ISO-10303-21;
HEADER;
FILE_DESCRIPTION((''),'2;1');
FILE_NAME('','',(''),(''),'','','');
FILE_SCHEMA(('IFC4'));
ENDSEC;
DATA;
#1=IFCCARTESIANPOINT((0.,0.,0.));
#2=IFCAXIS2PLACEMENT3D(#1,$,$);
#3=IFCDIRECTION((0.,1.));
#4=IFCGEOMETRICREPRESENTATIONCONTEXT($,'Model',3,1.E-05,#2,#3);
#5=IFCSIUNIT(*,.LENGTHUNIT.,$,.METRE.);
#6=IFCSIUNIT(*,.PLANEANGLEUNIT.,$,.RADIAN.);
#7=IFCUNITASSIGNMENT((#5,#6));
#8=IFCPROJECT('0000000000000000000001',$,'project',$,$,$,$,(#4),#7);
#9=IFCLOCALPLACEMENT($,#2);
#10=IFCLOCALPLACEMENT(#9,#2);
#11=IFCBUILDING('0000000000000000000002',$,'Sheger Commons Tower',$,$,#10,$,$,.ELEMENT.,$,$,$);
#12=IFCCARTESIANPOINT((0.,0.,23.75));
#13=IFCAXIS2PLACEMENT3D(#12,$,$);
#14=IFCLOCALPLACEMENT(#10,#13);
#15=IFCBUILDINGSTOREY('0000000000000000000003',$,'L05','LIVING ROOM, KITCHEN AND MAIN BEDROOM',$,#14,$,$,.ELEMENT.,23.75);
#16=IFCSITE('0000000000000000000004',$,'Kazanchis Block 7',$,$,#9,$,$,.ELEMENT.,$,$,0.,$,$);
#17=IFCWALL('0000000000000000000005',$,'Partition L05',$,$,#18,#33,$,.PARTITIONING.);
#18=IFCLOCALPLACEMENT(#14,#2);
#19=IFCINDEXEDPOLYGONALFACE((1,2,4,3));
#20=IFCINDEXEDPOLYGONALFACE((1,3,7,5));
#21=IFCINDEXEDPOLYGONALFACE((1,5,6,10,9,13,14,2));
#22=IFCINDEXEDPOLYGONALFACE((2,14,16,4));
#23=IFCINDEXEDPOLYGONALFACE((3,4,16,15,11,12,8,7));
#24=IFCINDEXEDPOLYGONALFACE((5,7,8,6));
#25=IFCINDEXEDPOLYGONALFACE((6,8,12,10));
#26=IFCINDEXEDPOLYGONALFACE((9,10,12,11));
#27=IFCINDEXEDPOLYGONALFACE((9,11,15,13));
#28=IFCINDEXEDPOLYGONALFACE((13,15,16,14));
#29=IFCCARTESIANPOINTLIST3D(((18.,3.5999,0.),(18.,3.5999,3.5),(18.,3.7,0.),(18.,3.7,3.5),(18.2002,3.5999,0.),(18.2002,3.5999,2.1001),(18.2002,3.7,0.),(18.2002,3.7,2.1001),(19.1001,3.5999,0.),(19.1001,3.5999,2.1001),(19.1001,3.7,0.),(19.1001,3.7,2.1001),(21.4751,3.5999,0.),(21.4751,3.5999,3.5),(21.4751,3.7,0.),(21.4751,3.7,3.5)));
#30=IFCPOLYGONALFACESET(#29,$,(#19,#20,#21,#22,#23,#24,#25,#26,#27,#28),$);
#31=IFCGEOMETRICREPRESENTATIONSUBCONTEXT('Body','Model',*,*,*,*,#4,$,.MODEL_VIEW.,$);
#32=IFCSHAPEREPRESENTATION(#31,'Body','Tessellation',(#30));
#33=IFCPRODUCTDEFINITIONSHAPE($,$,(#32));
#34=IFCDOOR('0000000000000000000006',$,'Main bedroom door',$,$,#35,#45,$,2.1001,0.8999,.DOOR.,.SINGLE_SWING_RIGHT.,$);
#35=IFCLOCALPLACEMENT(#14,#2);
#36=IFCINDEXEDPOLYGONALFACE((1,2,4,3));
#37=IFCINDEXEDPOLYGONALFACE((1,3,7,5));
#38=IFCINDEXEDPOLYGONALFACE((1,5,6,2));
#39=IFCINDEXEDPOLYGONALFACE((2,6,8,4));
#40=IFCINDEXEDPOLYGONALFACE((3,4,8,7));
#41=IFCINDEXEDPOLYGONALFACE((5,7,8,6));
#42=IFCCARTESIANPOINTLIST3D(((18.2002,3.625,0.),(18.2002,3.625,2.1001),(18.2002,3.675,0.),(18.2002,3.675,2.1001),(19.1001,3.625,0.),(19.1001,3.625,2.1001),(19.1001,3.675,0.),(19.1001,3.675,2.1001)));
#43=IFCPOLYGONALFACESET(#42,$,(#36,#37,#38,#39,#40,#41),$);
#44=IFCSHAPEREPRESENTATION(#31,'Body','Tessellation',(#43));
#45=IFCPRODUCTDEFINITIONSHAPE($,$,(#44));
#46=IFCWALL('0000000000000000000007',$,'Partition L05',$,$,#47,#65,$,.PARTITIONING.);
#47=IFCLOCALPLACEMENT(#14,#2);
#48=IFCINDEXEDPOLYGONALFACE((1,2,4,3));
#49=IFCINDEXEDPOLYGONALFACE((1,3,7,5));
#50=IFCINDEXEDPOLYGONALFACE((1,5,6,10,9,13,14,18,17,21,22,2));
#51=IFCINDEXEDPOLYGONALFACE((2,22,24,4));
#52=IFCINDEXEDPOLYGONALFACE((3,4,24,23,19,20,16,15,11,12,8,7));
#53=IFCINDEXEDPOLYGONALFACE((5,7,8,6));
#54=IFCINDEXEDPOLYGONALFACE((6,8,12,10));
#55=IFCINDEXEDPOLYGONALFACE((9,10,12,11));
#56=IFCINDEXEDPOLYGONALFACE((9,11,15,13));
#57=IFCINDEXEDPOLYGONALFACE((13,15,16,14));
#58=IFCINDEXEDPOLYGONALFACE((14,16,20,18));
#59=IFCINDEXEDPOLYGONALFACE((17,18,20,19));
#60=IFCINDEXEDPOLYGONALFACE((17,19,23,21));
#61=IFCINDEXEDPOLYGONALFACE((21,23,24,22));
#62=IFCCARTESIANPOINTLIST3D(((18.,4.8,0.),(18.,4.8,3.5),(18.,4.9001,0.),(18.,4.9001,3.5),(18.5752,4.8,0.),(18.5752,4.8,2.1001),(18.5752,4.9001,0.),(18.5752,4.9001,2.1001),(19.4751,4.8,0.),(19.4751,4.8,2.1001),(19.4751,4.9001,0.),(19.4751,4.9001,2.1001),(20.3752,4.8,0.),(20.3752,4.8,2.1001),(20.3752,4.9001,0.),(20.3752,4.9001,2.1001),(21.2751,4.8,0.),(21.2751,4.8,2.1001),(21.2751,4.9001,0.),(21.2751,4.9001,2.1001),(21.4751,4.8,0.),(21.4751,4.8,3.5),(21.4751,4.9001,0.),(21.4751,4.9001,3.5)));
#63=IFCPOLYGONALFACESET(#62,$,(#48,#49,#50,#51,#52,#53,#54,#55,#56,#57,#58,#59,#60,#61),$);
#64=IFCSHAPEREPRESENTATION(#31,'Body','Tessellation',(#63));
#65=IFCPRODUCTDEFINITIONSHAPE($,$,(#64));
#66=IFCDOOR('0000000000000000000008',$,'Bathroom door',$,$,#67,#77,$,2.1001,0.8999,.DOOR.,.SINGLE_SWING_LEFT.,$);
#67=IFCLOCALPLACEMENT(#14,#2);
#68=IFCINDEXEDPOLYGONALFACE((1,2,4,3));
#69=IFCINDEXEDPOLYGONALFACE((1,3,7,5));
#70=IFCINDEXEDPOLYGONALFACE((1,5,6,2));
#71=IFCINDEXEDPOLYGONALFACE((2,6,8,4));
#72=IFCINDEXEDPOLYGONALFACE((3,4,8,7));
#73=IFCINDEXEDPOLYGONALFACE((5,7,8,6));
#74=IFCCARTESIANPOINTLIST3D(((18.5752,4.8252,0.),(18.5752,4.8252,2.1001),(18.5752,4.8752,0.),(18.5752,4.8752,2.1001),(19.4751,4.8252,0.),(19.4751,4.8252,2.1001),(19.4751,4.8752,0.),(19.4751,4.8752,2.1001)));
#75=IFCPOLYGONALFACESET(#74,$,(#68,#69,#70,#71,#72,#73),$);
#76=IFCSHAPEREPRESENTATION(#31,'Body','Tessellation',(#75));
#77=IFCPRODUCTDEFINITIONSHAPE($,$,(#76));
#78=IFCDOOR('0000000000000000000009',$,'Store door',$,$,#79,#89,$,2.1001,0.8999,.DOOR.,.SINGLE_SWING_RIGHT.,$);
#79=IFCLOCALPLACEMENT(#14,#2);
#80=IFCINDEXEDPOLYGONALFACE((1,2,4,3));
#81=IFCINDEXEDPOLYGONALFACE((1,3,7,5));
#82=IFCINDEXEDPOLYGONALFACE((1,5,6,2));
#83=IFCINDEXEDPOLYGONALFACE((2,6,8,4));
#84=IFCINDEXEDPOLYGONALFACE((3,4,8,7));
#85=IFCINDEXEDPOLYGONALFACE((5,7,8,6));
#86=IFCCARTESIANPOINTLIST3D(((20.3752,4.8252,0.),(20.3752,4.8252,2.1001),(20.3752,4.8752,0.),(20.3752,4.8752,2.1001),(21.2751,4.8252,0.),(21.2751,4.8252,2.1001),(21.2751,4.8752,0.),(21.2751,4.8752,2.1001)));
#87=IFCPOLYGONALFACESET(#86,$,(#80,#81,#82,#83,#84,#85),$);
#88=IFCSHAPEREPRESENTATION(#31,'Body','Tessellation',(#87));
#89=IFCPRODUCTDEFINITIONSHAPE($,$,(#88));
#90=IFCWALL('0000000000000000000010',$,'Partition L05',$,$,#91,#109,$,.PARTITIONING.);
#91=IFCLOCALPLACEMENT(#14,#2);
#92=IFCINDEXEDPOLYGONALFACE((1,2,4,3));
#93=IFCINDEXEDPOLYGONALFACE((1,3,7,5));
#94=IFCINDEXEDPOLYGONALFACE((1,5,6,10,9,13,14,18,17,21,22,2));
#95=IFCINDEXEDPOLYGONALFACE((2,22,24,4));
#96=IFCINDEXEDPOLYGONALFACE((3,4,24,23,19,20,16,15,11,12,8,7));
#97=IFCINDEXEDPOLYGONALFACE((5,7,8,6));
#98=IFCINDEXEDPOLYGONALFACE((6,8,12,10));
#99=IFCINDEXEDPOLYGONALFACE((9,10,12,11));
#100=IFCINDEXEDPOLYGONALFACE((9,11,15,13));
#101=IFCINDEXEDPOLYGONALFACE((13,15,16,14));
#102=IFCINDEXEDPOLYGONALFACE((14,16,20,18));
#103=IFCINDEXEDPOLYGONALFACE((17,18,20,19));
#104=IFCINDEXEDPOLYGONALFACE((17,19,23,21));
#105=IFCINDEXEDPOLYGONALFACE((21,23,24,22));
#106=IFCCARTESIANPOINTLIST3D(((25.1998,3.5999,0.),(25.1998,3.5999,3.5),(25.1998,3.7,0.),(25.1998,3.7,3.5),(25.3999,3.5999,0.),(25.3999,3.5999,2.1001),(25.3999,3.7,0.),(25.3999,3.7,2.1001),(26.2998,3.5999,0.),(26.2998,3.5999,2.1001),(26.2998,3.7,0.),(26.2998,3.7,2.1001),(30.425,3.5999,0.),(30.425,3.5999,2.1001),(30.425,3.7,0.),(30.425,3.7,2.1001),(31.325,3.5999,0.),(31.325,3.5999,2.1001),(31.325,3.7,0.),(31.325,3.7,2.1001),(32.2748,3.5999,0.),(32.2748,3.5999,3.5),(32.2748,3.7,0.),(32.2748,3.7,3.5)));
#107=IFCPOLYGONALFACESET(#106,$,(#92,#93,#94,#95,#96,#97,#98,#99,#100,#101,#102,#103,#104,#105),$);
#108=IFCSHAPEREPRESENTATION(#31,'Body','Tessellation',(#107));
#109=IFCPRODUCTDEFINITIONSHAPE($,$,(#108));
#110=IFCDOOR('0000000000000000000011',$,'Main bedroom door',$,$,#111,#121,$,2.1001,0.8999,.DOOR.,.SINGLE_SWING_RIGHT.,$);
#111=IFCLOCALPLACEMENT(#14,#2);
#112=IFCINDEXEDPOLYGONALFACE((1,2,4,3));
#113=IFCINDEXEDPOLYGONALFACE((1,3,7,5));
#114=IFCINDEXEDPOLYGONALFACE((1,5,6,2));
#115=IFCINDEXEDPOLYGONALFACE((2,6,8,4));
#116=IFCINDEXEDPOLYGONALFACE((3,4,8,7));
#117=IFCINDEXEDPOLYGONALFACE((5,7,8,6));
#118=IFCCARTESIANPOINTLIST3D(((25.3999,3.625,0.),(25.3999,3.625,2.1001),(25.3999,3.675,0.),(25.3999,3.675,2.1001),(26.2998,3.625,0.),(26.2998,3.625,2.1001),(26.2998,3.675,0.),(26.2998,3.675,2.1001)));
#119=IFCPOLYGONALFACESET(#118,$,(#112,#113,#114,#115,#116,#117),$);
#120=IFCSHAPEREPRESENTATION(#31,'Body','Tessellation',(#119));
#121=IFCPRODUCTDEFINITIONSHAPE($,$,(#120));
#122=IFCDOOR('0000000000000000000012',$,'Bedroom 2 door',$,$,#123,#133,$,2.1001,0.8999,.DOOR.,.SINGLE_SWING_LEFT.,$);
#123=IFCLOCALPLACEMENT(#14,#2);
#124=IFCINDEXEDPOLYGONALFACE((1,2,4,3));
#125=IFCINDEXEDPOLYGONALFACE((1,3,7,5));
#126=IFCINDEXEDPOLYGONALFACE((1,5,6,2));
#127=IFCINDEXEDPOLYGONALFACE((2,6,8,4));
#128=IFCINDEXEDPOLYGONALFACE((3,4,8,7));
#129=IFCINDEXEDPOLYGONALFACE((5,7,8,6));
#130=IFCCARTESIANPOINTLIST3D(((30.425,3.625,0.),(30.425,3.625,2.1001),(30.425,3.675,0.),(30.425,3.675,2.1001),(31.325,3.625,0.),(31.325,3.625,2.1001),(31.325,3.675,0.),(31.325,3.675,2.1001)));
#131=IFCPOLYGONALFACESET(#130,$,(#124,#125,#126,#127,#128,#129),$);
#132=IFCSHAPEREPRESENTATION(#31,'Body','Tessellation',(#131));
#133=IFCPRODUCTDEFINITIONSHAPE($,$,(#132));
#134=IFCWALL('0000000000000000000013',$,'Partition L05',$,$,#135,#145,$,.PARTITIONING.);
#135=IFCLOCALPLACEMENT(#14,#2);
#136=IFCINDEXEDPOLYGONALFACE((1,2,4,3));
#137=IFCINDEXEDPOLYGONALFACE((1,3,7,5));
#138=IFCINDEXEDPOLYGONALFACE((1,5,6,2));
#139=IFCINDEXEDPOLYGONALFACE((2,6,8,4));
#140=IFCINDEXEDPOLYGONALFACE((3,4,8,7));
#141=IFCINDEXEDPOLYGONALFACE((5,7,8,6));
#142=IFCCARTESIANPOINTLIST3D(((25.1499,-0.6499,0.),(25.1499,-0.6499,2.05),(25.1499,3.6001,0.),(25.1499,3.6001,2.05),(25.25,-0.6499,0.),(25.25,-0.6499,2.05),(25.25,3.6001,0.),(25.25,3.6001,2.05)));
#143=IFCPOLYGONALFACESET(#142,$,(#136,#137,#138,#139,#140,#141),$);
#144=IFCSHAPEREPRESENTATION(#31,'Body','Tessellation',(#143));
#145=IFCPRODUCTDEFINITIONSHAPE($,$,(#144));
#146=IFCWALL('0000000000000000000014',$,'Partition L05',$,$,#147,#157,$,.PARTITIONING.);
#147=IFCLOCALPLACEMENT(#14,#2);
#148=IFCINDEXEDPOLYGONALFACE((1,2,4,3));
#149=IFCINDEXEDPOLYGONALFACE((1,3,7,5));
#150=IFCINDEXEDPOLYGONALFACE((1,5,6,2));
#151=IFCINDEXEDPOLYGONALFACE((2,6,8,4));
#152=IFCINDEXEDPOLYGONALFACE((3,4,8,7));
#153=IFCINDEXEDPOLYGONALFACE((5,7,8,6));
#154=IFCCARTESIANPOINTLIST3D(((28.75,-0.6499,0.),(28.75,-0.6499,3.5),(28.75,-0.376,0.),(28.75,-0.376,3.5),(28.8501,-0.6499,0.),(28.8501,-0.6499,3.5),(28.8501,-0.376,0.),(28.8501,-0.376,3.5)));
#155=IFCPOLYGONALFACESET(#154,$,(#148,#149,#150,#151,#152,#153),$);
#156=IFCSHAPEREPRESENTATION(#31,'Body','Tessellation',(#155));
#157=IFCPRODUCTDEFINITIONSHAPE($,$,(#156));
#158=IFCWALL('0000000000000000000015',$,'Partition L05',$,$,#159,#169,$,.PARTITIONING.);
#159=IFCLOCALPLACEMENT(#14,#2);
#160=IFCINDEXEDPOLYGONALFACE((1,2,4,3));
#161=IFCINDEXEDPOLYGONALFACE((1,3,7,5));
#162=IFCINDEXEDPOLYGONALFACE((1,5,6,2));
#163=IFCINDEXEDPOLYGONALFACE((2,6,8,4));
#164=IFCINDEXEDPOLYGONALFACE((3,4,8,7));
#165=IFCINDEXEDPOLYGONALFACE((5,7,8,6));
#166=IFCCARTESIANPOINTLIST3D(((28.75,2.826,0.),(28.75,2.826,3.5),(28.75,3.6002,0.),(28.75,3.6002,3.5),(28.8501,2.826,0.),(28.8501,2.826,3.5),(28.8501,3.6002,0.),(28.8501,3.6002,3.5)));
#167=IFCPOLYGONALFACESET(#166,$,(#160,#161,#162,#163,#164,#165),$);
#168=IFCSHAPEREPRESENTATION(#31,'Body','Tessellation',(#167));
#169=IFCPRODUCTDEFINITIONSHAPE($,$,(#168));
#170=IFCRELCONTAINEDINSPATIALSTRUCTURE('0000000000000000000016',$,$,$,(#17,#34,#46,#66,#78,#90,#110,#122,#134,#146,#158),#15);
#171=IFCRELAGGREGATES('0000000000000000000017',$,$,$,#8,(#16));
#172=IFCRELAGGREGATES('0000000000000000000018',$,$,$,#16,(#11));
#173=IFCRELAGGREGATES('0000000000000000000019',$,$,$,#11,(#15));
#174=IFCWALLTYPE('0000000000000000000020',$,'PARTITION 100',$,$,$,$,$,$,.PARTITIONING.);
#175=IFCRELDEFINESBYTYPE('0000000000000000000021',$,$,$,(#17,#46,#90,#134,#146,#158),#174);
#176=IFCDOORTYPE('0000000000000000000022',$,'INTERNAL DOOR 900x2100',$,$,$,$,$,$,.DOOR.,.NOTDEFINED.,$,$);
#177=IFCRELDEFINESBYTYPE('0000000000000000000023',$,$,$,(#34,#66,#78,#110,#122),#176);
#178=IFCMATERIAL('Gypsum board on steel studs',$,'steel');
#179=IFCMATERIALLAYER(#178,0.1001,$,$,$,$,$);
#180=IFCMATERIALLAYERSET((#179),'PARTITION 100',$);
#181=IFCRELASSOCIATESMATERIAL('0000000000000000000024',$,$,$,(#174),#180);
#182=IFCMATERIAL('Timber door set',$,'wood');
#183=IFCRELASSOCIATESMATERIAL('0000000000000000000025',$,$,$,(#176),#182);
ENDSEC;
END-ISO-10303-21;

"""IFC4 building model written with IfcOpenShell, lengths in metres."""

from ifc_helpers import new_model, si_unit, direction, frame, frame_2d, origin, place, context, subcontext, project, spatial, rectangle, extrude, material, layer, layer_set, type_object, element, fill, save


model = new_model("IFC4")

# Units and contexts
model_context = context("Model", 3, precision=1e-05, world=origin(), true_north=direction((0.0, 1.0)))
body_context = subcontext(model_context, "Body", "Model", "MODEL_VIEW")
ifc_project = project(units=[si_unit("LENGTHUNIT", "METRE"), si_unit("PLANEANGLEUNIT", "RADIAN")], contexts=[model_context])

# Site, building, storey
site_placement = place(None, origin())
site = spatial("IfcSite", under=ifc_project, at=site_placement, Name="Kazanchis Block 7", CompositionType="ELEMENT", RefElevation=0.0)
building_placement = place(site_placement, origin())
building = spatial("IfcBuilding", under=site, at=building_placement, Name="Sheger Commons Tower", CompositionType="ELEMENT")
storey_placement = place(building_placement, frame((0.0, 0.0, 23.75)))
storey = spatial("IfcBuildingStorey", under=building, at=storey_placement, Name="L05", Description="LIVING ROOM, KITCHEN AND MAIN BEDROOM", CompositionType="ELEMENT", Elevation=23.75)

# Wall, opening, door
ifc_material_1 = material(Name="Gypsum board on steel studs", Category="steel")
ifc_layer_1 = layer(ifc_material_1, 0.1001)
ifc_layer_set_1 = layer_set([ifc_layer_1], Name="PARTITION 100")
wall_type_1 = type_object("IfcWallType", Name="PARTITION 100", PredefinedType="PARTITIONING", material=ifc_layer_set_1)
wall_1_placement = place(storey_placement, frame((21.4751, 3.6499, 0.0), z_axis=(0.0, 0.0, 1.0), x_axis=(-1.0, 0.0, 0.0)))
wall_1 = element("IfcWall", 1, at=wall_1_placement, inside=storey, type_object=wall_type_1, Name="Partition L05", PredefinedType="PARTITIONING", context=body_context, shape_type="SweptSolid", body=[
    extrude(rectangle(XDim=3.4751, YDim=0.1001, at=frame_2d((1.7375, 0.0))), origin(), (0.0, 0.0, 1.0), 3.5),
])
opening_1_placement = place(wall_1_placement, frame((2.375, 0.0, 0.0)))
opening_1 = element("IfcOpeningElement", 2, at=opening_1_placement, cuts=wall_1, PredefinedType="OPENING", context=body_context, shape_type="SweptSolid", body=[
    extrude(rectangle(XDim=0.8999, YDim=2.1001, at=frame_2d((0.45, 1.05))), frame((0.0, 0.0601, 0.0), z_axis=(0.0, -1.0, 0.0), x_axis=(1.0, 0.0, 0.0)), (0.0, 0.0, 1.0), 0.1201),
])
ifc_material_2 = material(Name="Timber door set", Category="wood")
door_type = type_object("IfcDoorType", Name="INTERNAL DOOR 900x2100", OperationType="NOTDEFINED", PredefinedType="DOOR", material=ifc_material_2)
door_1_placement = place(opening_1_placement, origin())
door_1 = element("IfcDoor", 3, at=door_1_placement, inside=storey, type_object=door_type, Name="Main bedroom door", OperationType="SINGLE_SWING_RIGHT", OverallHeight=2.1001, OverallWidth=0.8999, PredefinedType="DOOR", context=body_context, shape_type="SweptSolid", body=[
    extrude(rectangle(XDim=0.8999, YDim=2.1001, at=frame_2d((0.45, 1.05))), frame((0.0, 0.0249, 0.0), z_axis=(0.0, -1.0, 0.0), x_axis=(1.0, 0.0, 0.0)), (0.0, 0.0, 1.0), 0.05),
])
fill(opening_1, door_1)

# Walls, openings, doors
wall_2_placement = place(storey_placement, frame((21.4751, 4.8501, 0.0), z_axis=(0.0, 0.0, 1.0), x_axis=(-1.0, 0.0, 0.0)))
wall_2 = element("IfcWall", 4, at=wall_2_placement, inside=storey, type_object=wall_type_1, Name="Partition L05", PredefinedType="PARTITIONING", context=body_context, shape_type="SweptSolid", body=[
    extrude(rectangle(XDim=3.4751, YDim=0.1001, at=frame_2d((1.7375, 0.0))), origin(), (0.0, 0.0, 1.0), 3.5),
])
opening_2_placement = place(wall_2_placement, frame((2.0, 0.0, 0.0)))
opening_2 = element("IfcOpeningElement", 5, at=opening_2_placement, cuts=wall_2, PredefinedType="OPENING", context=body_context, shape_type="SweptSolid", body=[
    extrude(rectangle(XDim=0.8999, YDim=2.1001, at=frame_2d((0.45, 1.05))), frame((0.0, 0.0601, 0.0), z_axis=(0.0, -1.0, 0.0), x_axis=(1.0, 0.0, 0.0)), (0.0, 0.0, 1.0), 0.1201),
])
opening_3_placement = place(wall_2_placement, frame((0.2, 0.0, 0.0)))
opening_3 = element("IfcOpeningElement", 6, at=opening_3_placement, cuts=wall_2, PredefinedType="OPENING", context=body_context, shape_type="SweptSolid", body=[
    extrude(rectangle(XDim=0.8999, YDim=2.1001, at=frame_2d((0.45, 1.05))), frame((0.0, 0.0601, 0.0), z_axis=(0.0, -1.0, 0.0), x_axis=(1.0, 0.0, 0.0)), (0.0, 0.0, 1.0), 0.1201),
])
door_2_placement = place(opening_2_placement, origin())
door_2 = element("IfcDoor", 7, at=door_2_placement, inside=storey, type_object=door_type, Name="Bathroom door", OperationType="SINGLE_SWING_LEFT", OverallHeight=2.1001, OverallWidth=0.8999, PredefinedType="DOOR", context=body_context, shape_type="SweptSolid", body=[
    extrude(rectangle(XDim=0.8999, YDim=2.1001, at=frame_2d((0.45, 1.05))), frame((0.0, 0.0249, 0.0), z_axis=(0.0, -1.0, 0.0), x_axis=(1.0, 0.0, 0.0)), (0.0, 0.0, 1.0), 0.05),
])
fill(opening_2, door_2)
door_3_placement = place(opening_3_placement, origin())
door_3 = element("IfcDoor", 8, at=door_3_placement, inside=storey, type_object=door_type, Name="Store door", OperationType="SINGLE_SWING_RIGHT", OverallHeight=2.1001, OverallWidth=0.8999, PredefinedType="DOOR", context=body_context, shape_type="SweptSolid", body=[
    extrude(rectangle(XDim=0.8999, YDim=2.1001, at=frame_2d((0.45, 1.05))), frame((0.0, 0.0249, 0.0), z_axis=(0.0, -1.0, 0.0), x_axis=(1.0, 0.0, 0.0)), (0.0, 0.0, 1.0), 0.05),
])
fill(opening_3, door_3)
wall_3_placement = place(storey_placement, frame((32.2749, 3.6499, 0.0), z_axis=(0.0, 0.0, 1.0), x_axis=(-1.0, 0.0, 0.0)))
wall_3 = element("IfcWall", 9, at=wall_3_placement, inside=storey, type_object=wall_type_1, Name="Partition L05", PredefinedType="PARTITIONING", context=body_context, shape_type="SweptSolid", body=[
    extrude(rectangle(XDim=7.075, YDim=0.1001, at=frame_2d((3.5376, 0.0))), origin(), (0.0, 0.0, 1.0), 3.5),
])
opening_4_placement = place(wall_3_placement, frame((5.9751, 0.0, 0.0)))
opening_4 = element("IfcOpeningElement", 10, at=opening_4_placement, cuts=wall_3, PredefinedType="OPENING", context=body_context, shape_type="SweptSolid", body=[
    extrude(rectangle(XDim=0.8999, YDim=2.1001, at=frame_2d((0.45, 1.05))), frame((0.0, 0.0601, 0.0), z_axis=(0.0, -1.0, 0.0), x_axis=(1.0, 0.0, 0.0)), (0.0, 0.0, 1.0), 0.1201),
])
opening_5_placement = place(wall_3_placement, frame((0.95, 0.0, 0.0)))
opening_5 = element("IfcOpeningElement", 11, at=opening_5_placement, cuts=wall_3, PredefinedType="OPENING", context=body_context, shape_type="SweptSolid", body=[
    extrude(rectangle(XDim=0.8999, YDim=2.1001, at=frame_2d((0.45, 1.05))), frame((0.0, 0.0601, 0.0), z_axis=(0.0, -1.0, 0.0), x_axis=(1.0, 0.0, 0.0)), (0.0, 0.0, 1.0), 0.1201),
])
door_4_placement = place(opening_4_placement, origin())
door_4 = element("IfcDoor", 12, at=door_4_placement, inside=storey, type_object=door_type, Name="Main bedroom door", OperationType="SINGLE_SWING_RIGHT", OverallHeight=2.1001, OverallWidth=0.8999, PredefinedType="DOOR", context=body_context, shape_type="SweptSolid", body=[
    extrude(rectangle(XDim=0.8999, YDim=2.1001, at=frame_2d((0.45, 1.05))), frame((0.0, 0.0249, 0.0), z_axis=(0.0, -1.0, 0.0), x_axis=(1.0, 0.0, 0.0)), (0.0, 0.0, 1.0), 0.05),
])
fill(opening_4, door_4)
door_5_placement = place(opening_5_placement, origin())
door_5 = element("IfcDoor", 13, at=door_5_placement, inside=storey, type_object=door_type, Name="Bedroom 2 door", OperationType="SINGLE_SWING_LEFT", OverallHeight=2.1001, OverallWidth=0.8999, PredefinedType="DOOR", context=body_context, shape_type="SweptSolid", body=[
    extrude(rectangle(XDim=0.8999, YDim=2.1001, at=frame_2d((0.45, 1.05))), frame((0.0, 0.0249, 0.0), z_axis=(0.0, -1.0, 0.0), x_axis=(1.0, 0.0, 0.0)), (0.0, 0.0, 1.0), 0.05),
])
fill(opening_5, door_5)

# Walls
wall_4_placement = place(storey_placement, frame((25.2, -0.6499, 0.0), z_axis=(0.0, 0.0, 1.0), x_axis=(0.0, 1.0, 0.0)))
element("IfcWall", 14, at=wall_4_placement, inside=storey, type_object=wall_type_1, Name="Partition L05", PredefinedType="PARTITIONING", context=body_context, shape_type="SweptSolid", body=[
    extrude(rectangle(XDim=4.25, YDim=0.1001, at=frame_2d((2.125, 0.0))), origin(), (0.0, 0.0, 1.0), 2.05),
])
wall_5_placement = place(storey_placement, frame((28.8, -0.6499, 0.0), z_axis=(0.0, 0.0, 1.0), x_axis=(0.0, 1.0, 0.0)))
element("IfcWall", 15, at=wall_5_placement, inside=storey, type_object=wall_type_1, Name="Partition L05", PredefinedType="PARTITIONING", context=body_context, shape_type="SweptSolid", body=[
    extrude(rectangle(XDim=0.2739, YDim=0.1001, at=frame_2d((0.137, 0.0))), origin(), (0.0, 0.0, 1.0), 3.5),
])
wall_6_placement = place(storey_placement, frame((28.8, 2.8259, 0.0), z_axis=(0.0, 0.0, 1.0), x_axis=(0.0, 1.0, 0.0)))
element("IfcWall", 16, at=wall_6_placement, inside=storey, type_object=wall_type_1, Name="Partition L05", PredefinedType="PARTITIONING", context=body_context, shape_type="SweptSolid", body=[
    extrude(rectangle(XDim=0.7742, YDim=0.1001, at=frame_2d((0.3872, 0.0))), origin(), (0.0, 0.0, 1.0), 3.5),
])

save(model, "model.ifc")
